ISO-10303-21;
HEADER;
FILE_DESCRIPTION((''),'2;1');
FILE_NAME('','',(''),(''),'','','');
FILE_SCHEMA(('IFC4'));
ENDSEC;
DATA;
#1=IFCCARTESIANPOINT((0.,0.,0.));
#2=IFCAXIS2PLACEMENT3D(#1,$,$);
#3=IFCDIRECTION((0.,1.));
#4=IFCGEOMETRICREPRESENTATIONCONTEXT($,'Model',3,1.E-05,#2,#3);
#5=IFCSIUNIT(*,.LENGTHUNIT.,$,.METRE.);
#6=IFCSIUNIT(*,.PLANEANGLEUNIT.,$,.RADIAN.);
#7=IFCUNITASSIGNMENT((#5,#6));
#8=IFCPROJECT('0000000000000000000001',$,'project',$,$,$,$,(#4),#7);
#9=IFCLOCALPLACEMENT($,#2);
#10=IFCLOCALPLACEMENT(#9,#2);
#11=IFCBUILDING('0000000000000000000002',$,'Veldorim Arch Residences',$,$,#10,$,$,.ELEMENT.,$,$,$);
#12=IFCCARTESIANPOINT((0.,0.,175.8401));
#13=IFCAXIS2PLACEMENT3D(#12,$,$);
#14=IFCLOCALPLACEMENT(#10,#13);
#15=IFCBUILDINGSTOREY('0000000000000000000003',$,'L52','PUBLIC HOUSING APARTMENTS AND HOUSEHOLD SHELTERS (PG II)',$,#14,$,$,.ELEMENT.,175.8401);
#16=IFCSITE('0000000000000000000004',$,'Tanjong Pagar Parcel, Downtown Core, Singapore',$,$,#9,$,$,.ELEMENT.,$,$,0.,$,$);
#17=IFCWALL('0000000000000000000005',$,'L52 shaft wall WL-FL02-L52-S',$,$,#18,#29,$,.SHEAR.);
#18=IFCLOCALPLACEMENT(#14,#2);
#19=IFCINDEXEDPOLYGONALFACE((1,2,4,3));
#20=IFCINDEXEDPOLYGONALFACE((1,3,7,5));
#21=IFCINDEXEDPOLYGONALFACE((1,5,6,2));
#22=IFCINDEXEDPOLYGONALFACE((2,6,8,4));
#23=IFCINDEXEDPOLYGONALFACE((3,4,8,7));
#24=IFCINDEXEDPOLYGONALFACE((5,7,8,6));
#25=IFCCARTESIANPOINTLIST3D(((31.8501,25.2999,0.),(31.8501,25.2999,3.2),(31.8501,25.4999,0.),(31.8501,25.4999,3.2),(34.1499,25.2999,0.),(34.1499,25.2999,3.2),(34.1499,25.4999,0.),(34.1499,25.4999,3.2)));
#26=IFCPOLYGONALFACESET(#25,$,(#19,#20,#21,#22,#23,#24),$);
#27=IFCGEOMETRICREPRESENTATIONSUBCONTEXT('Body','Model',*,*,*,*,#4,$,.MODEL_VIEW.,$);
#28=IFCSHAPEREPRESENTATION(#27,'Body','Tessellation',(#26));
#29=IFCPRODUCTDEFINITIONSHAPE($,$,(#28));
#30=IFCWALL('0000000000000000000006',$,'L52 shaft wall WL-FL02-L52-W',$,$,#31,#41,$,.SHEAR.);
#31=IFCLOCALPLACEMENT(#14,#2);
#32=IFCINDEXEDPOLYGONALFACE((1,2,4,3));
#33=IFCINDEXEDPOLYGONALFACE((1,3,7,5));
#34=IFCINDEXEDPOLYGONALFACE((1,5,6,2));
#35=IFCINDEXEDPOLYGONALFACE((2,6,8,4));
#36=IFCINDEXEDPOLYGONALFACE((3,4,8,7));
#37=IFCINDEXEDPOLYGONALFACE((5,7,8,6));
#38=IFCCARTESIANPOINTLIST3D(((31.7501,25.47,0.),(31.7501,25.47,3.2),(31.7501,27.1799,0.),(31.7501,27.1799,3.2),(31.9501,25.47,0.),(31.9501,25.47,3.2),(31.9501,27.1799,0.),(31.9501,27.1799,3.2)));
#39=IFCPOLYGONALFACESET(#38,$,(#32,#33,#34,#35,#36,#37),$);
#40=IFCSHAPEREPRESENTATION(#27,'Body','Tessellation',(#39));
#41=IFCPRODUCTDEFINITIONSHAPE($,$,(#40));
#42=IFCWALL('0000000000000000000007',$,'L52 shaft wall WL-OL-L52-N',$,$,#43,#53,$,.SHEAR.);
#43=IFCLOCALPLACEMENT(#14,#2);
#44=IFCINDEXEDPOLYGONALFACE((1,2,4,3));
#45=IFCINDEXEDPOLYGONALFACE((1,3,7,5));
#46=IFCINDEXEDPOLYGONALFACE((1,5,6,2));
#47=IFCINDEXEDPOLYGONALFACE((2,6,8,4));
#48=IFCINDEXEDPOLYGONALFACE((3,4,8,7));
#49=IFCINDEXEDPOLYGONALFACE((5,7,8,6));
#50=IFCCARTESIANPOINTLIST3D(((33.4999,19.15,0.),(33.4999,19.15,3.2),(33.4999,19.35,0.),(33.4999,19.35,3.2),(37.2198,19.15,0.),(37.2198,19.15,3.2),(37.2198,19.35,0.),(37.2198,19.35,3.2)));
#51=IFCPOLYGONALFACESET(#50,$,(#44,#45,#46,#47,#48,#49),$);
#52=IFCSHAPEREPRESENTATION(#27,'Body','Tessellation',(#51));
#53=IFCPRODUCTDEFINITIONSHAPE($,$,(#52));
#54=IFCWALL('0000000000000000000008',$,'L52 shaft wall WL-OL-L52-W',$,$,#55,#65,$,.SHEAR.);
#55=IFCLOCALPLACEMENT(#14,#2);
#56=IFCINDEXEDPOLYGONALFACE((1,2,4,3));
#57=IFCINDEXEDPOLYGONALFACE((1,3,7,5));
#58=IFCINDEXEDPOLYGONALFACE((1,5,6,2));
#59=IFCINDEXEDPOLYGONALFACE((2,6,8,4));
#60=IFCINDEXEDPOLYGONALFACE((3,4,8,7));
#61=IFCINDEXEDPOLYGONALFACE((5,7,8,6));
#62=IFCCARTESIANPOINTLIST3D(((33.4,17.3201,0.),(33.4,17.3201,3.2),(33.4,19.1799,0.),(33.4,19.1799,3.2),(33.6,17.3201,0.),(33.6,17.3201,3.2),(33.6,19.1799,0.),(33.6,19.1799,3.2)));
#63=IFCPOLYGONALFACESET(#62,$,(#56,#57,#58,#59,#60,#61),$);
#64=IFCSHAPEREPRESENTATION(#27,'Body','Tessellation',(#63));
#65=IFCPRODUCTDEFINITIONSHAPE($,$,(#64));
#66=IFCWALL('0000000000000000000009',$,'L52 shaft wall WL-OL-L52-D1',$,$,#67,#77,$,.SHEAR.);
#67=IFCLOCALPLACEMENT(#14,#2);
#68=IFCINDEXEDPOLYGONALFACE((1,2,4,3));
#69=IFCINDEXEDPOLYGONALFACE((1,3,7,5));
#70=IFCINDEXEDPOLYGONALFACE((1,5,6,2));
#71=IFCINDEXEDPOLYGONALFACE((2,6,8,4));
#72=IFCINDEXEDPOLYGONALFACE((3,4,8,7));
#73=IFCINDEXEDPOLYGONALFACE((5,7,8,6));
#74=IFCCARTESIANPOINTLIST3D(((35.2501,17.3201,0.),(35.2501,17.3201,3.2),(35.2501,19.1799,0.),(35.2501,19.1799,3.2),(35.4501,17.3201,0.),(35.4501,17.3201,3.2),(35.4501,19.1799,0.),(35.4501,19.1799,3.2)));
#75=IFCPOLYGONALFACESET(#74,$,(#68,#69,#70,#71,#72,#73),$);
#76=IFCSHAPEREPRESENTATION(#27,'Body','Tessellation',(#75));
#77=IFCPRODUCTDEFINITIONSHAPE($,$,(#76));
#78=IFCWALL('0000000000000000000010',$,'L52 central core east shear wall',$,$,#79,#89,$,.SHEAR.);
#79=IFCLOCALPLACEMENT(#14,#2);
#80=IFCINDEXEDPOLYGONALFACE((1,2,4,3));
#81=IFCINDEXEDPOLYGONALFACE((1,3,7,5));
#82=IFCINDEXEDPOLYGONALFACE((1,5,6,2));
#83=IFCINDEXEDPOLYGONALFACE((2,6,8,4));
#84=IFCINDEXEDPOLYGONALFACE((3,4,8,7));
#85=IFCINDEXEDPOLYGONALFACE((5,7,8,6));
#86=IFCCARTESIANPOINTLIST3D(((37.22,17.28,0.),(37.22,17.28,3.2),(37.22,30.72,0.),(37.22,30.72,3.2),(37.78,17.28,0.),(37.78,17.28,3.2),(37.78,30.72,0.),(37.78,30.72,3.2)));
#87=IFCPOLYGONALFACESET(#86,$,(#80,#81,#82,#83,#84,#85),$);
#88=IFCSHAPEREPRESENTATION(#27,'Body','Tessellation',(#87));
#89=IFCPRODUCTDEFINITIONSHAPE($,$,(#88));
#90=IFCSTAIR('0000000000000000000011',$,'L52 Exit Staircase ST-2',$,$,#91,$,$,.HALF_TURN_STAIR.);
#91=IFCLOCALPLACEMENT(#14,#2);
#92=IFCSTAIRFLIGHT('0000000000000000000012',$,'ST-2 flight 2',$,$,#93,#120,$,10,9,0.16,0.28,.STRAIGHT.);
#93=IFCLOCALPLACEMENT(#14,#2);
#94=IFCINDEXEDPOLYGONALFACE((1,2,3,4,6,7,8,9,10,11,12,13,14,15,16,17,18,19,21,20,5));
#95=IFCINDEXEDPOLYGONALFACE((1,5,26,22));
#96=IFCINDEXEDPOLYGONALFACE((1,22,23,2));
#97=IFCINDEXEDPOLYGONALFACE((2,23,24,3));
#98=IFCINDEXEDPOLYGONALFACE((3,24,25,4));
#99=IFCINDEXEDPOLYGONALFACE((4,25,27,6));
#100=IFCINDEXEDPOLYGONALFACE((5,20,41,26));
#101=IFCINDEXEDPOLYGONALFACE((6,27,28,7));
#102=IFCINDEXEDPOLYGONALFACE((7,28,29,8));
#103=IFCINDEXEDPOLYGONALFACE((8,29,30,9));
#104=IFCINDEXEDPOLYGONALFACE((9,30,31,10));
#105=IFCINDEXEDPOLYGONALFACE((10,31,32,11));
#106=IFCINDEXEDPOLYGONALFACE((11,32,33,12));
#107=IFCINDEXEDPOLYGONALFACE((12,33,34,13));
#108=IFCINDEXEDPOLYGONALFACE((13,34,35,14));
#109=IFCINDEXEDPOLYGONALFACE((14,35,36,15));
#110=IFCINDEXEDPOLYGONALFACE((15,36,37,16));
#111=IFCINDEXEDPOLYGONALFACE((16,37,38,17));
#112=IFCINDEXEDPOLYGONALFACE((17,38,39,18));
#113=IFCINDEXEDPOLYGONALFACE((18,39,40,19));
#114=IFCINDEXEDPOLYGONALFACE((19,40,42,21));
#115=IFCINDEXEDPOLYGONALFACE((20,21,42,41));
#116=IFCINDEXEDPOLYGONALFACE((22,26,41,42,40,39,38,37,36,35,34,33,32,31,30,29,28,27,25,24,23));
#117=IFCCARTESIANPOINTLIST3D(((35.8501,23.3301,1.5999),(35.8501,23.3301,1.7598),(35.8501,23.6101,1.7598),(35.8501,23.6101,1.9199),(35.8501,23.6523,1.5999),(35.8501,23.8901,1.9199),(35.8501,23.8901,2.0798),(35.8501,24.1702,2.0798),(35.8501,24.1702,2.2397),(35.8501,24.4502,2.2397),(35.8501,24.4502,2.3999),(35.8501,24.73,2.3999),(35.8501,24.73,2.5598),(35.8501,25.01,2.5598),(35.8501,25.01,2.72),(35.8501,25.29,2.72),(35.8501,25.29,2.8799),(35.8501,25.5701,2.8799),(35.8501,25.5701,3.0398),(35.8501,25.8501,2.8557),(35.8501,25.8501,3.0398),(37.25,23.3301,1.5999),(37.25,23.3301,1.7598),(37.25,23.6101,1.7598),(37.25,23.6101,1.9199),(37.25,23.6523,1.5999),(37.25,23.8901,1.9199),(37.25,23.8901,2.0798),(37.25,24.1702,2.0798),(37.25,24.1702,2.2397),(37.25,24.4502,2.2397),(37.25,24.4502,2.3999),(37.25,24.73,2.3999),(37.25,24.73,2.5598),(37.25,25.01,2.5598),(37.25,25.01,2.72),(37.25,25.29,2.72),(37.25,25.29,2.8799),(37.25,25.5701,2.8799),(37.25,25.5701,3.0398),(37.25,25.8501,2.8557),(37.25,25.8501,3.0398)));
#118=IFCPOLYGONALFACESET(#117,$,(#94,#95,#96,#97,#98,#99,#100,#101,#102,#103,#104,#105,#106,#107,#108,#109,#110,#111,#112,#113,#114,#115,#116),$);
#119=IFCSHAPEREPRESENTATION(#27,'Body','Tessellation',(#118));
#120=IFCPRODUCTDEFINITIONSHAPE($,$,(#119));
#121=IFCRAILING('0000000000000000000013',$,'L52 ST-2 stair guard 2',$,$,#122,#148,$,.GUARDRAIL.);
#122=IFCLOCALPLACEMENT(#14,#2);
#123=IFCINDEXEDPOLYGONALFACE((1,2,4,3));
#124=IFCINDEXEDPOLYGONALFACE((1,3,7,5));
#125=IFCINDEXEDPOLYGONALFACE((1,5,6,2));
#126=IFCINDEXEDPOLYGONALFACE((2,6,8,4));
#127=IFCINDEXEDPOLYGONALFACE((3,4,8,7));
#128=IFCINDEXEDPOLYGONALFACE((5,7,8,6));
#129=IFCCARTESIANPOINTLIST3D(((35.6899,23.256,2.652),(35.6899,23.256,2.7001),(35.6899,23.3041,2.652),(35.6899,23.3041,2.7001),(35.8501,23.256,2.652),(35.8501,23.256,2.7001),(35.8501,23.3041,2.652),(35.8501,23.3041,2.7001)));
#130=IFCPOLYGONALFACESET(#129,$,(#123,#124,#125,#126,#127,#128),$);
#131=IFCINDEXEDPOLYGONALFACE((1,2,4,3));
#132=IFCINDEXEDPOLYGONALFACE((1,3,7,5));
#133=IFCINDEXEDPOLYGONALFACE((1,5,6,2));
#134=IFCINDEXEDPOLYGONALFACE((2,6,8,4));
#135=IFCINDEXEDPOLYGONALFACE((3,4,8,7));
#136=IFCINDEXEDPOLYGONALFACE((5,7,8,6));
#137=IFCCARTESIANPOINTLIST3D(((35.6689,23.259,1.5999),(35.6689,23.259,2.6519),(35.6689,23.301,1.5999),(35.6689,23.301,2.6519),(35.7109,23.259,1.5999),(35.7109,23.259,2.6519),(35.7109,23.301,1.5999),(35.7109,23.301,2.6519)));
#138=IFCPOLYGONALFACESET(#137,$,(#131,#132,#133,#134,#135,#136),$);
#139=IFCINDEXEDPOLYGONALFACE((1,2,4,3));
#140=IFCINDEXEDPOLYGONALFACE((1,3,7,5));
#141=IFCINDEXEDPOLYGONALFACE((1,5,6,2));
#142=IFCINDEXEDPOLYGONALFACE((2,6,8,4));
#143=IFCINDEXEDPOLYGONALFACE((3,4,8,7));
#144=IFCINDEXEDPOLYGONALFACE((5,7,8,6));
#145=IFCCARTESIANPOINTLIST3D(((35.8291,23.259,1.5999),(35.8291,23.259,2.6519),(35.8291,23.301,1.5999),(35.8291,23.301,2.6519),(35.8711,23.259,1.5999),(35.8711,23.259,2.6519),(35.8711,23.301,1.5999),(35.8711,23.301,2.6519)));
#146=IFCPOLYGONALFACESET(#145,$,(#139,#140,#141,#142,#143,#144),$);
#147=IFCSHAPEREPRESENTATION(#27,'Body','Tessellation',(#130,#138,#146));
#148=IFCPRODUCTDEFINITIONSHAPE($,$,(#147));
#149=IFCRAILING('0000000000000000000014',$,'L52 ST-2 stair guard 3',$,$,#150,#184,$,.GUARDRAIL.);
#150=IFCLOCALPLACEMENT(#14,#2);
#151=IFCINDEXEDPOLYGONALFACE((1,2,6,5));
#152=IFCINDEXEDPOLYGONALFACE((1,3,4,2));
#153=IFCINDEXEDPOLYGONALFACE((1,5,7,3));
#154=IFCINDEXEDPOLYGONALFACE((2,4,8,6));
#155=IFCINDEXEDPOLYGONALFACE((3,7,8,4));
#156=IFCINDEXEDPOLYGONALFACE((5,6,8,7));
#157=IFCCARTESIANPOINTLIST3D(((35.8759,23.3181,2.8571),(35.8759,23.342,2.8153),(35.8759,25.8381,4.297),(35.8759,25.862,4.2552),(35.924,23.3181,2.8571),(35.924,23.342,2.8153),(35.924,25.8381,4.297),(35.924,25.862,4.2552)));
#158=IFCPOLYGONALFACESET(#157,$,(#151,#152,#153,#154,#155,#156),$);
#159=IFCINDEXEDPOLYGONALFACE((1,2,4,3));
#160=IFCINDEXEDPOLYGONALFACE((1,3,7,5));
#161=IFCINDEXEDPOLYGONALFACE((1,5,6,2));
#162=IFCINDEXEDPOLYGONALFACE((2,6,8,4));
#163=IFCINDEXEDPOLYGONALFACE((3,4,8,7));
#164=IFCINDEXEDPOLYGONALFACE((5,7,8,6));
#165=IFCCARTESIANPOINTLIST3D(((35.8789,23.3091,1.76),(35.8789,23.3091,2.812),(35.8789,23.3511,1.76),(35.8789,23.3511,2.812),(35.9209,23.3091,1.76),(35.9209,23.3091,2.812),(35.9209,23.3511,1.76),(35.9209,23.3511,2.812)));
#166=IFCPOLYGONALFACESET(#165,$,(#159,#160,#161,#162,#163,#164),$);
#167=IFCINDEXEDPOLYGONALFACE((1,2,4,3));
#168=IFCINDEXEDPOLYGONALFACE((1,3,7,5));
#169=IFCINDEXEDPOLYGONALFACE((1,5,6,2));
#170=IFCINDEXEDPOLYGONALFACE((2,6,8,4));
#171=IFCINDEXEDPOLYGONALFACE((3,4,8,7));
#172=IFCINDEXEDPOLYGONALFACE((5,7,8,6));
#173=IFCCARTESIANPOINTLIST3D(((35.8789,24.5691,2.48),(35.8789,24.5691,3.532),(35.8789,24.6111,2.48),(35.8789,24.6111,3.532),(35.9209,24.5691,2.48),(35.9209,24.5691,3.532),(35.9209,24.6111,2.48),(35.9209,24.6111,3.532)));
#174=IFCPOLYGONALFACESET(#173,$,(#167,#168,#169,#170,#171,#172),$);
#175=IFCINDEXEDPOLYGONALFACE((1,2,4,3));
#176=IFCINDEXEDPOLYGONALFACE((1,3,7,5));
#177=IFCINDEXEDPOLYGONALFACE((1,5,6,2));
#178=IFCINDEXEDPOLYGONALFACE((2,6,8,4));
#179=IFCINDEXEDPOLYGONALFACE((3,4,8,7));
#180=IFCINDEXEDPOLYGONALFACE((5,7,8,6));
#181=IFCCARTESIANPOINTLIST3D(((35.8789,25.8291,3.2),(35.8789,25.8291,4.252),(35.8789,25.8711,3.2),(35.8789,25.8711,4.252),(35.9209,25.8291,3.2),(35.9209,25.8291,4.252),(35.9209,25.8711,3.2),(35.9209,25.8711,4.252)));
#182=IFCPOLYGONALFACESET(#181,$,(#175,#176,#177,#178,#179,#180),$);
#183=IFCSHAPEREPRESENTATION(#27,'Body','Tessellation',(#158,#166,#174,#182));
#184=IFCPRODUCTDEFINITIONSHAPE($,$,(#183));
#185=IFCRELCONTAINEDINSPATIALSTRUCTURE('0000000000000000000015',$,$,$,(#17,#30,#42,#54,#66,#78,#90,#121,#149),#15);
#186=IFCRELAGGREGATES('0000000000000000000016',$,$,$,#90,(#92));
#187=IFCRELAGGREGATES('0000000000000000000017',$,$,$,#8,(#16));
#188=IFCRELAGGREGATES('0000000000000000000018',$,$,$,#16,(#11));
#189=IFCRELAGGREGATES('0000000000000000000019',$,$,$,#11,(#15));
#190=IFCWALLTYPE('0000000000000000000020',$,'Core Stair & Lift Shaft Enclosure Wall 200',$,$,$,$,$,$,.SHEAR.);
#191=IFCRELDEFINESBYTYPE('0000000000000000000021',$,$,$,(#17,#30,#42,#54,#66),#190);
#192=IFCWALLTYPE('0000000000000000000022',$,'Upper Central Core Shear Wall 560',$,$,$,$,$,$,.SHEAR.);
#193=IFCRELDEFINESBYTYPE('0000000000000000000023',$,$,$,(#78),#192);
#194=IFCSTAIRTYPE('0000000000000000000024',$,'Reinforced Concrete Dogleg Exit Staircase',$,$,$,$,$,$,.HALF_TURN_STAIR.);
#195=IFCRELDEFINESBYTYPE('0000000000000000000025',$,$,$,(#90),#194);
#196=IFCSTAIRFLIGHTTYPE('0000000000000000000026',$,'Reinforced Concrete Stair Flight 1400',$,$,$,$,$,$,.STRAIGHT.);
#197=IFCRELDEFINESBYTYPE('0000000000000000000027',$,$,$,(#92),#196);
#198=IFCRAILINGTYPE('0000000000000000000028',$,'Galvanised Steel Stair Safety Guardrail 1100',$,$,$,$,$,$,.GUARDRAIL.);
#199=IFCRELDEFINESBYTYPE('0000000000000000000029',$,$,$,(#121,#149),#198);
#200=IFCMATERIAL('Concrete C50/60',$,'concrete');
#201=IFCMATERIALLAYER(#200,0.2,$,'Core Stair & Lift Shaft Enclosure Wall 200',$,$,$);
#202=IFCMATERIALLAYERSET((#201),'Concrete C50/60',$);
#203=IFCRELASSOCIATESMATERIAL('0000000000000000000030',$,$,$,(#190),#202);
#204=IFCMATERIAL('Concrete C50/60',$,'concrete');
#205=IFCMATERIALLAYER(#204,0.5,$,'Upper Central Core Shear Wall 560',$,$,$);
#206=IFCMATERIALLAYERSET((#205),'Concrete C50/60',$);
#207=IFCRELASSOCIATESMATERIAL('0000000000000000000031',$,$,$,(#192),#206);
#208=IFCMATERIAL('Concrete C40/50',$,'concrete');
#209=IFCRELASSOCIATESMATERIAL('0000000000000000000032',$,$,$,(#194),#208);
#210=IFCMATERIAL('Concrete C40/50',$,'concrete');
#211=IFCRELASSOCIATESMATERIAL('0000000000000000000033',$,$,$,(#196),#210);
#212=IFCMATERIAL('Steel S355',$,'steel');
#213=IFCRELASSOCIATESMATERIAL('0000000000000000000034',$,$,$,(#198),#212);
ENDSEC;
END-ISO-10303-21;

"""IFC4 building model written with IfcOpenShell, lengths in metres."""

from ifc_helpers import new_model, si_unit, direction, frame, frame_2d, origin, origin_2d, place, context, subcontext, project, spatial, polyline, rectangle, outline, extrude, material, layer, layer_set, type_object, element, aggregate, save


model = new_model("IFC4")

# Units and contexts
model_context = context("Model", 3, precision=1e-05, world=origin(), true_north=direction((0.0, 1.0)))
body_context = subcontext(model_context, "Body", "Model", "MODEL_VIEW")
ifc_project = project(units=[si_unit("LENGTHUNIT", "METRE"), si_unit("PLANEANGLEUNIT", "RADIAN")], contexts=[model_context])

# Site, building, storey
site_placement = place(None, origin())
site = spatial("IfcSite", under=ifc_project, at=site_placement, Name="Tanjong Pagar Parcel, Downtown Core, Singapore", CompositionType="ELEMENT", RefElevation=0.0)
building_placement = place(site_placement, origin())
building = spatial("IfcBuilding", under=site, at=building_placement, Name="Veldorim Arch Residences", CompositionType="ELEMENT")
storey_placement = place(building_placement, frame((0.0, 0.0, 175.8401)))
storey = spatial("IfcBuildingStorey", under=building, at=storey_placement, Name="L52", Description="PUBLIC HOUSING APARTMENTS AND HOUSEHOLD SHELTERS (PG II)", CompositionType="ELEMENT", Elevation=175.8401)

# Walls
ifc_material_1 = material(Name="Concrete C50/60", Category="concrete")
ifc_layer_1 = layer(ifc_material_1, 0.2, Name="Core Stair & Lift Shaft Enclosure Wall 200")
ifc_layer_set_1 = layer_set([ifc_layer_1], Name="Concrete C50/60")
wall_type_1 = type_object("IfcWallType", Name="Core Stair & Lift Shaft Enclosure Wall 200", PredefinedType="SHEAR", material=ifc_layer_set_1)
wall_1_placement = place(storey_placement, frame((31.8501, 25.3999, 0.0), z_axis=(0.0, 0.0, 1.0), x_axis=(1.0, 0.0, 0.0)))
element("IfcWall", 1, at=wall_1_placement, inside=storey, type_object=wall_type_1, Name="L52 shaft wall WL-FL02-L52-S", PredefinedType="SHEAR", context=body_context, shape_type="SweptSolid", body=[
    extrude(rectangle(XDim=2.2998, YDim=0.2, at=frame_2d((1.1499, 0.0))), origin(), (0.0, 0.0, 1.0), 3.2),
])
wall_2_placement = place(storey_placement, frame((31.8501, 25.47, 0.0), z_axis=(0.0, 0.0, 1.0), x_axis=(0.0, 1.0, 0.0)))
element("IfcWall", 2, at=wall_2_placement, inside=storey, type_object=wall_type_1, Name="L52 shaft wall WL-FL02-L52-W", PredefinedType="SHEAR", context=body_context, shape_type="SweptSolid", body=[
    extrude(rectangle(XDim=1.71, YDim=0.2, at=frame_2d((0.855, 0.0))), origin(), (0.0, 0.0, 1.0), 3.2),
])
wall_3_placement = place(storey_placement, frame((33.5, 19.25, 0.0), z_axis=(0.0, 0.0, 1.0), x_axis=(1.0, 0.0, 0.0)))
element("IfcWall", 3, at=wall_3_placement, inside=storey, type_object=wall_type_1, Name="L52 shaft wall WL-OL-L52-N", PredefinedType="SHEAR", context=body_context, shape_type="SweptSolid", body=[
    extrude(rectangle(XDim=3.72, YDim=0.2, at=frame_2d((1.8599, 0.0))), origin(), (0.0, 0.0, 1.0), 3.2),
])
for number, where, z_axis, x_axis, name in (
    (4, (33.5, 17.3201, 0.0), (0.0, 0.0, 1.0), (0.0, 1.0, 0.0), "L52 shaft wall WL-OL-L52-W"),
    (5, (35.3501, 17.3201, 0.0), (0.0, 0.0, 1.0), (0.0, 1.0, 0.0), "L52 shaft wall WL-OL-L52-D1"),
):
    element("IfcWall", number, at=place(storey_placement, frame(where, z_axis=z_axis, x_axis=x_axis)), inside=storey, type_object=wall_type_1, Name=name, PredefinedType="SHEAR", context=body_context, shape_type="SweptSolid", body=[
        extrude(rectangle(XDim=1.8599, YDim=0.2, at=frame_2d((0.9299, 0.0))), origin(), (0.0, 0.0, 1.0), 3.2),
    ])
ifc_material_2 = material(Name="Concrete C50/60", Category="concrete")
ifc_layer_2 = layer(ifc_material_2, 0.5, Name="Upper Central Core Shear Wall 560")
ifc_layer_set_2 = layer_set([ifc_layer_2], Name="Concrete C50/60")
wall_type_2 = type_object("IfcWallType", Name="Upper Central Core Shear Wall 560", PredefinedType="SHEAR", material=ifc_layer_set_2)
wall_4_placement = place(storey_placement, frame((37.5, 17.28, 0.0), z_axis=(0.0, 0.0, 1.0), x_axis=(0.0, 1.0, 0.0)))
element("IfcWall", 6, at=wall_4_placement, inside=storey, type_object=wall_type_2, Name="L52 central core east shear wall", PredefinedType="SHEAR", context=body_context, shape_type="SweptSolid", body=[
    extrude(rectangle(XDim=13.4399, YDim=0.5601, at=frame_2d((6.72, 0.0))), origin(), (0.0, 0.0, 1.0), 3.2),
])

# Stair, stair flight
ifc_material_3 = material(Name="Concrete C40/50", Category="concrete")
stair_type = type_object("IfcStairType", Name="Reinforced Concrete Dogleg Exit Staircase", PredefinedType="HALF_TURN_STAIR", material=ifc_material_3)
stair_placement = place(storey_placement, origin())
stair = element("IfcStair", 7, at=stair_placement, inside=storey, type_object=stair_type, Name="L52 Exit Staircase ST-2", PredefinedType="HALF_TURN_STAIR")
ifc_material_4 = material(Name="Concrete C40/50", Category="concrete")
stair_flight_type = type_object("IfcStairFlightType", Name="Reinforced Concrete Stair Flight 1400", PredefinedType="STRAIGHT", material=ifc_material_4)
stair_flight_placement = place(storey_placement, frame((36.55, 23.3301, 1.5999), z_axis=(0.0, 0.0, 1.0), x_axis=(0.0, 1.0, 0.0)))
stair_flight = element("IfcStairFlight", 8, at=stair_flight_placement, type_object=stair_flight_type, Name="ST-2 flight 2", NumberOfRisers=10, NumberOfTreads=9, PredefinedType="STRAIGHT", RiserHeight=0.16, TreadLength=0.28, context=body_context, shape_type="SweptSolid", body=[
    extrude(outline(polyline([(0.0, 0.0), (0.0, 0.1599), (0.28, 0.1599), (0.28, 0.3201), (0.5601, 0.3201), (0.5601, 0.48), (0.8401, 0.48), (0.8401, 0.6399), (1.1201, 0.6399), (1.1201, 0.8), (1.3999, 0.8), (1.3999, 0.96), (1.6799, 0.96), (1.6799, 1.1201), (1.96, 1.1201), (1.96, 1.28), (2.24, 1.28), (2.24, 1.4399), (2.52, 1.4399), (2.52, 1.6001), (2.52, 1.2559), (0.3223, 0.0), (0.0, 0.0)])), frame((0.0, 0.7, 0.0), z_axis=(0.0, -1.0, 0.0), x_axis=(1.0, 0.0, 0.0)), (0.0, 0.0, 1.0), 1.3999),
])
aggregate(stair, [stair_flight])

# Railings
ifc_material_5 = material(Name="Steel S355", Category="steel")
railing_type_1 = type_object("IfcRailingType", Name="Galvanised Steel Stair Safety Guardrail 1100", PredefinedType="GUARDRAIL", material=ifc_material_5)
railing_1_placement = place(storey_placement, frame((35.6899, 23.28, 1.5999)))
element("IfcRailing", 9, at=railing_1_placement, inside=storey, type_object=railing_type_1, Name="L52 ST-2 stair guard 2", PredefinedType="GUARDRAIL", context=body_context, shape_type="SweptSolid", body=[
    extrude(rectangle(XDim=0.0481, YDim=0.0481, at=origin_2d()), frame((0.0, 0.0, 1.0762), z_axis=(1.0, 0.0, 0.0), x_axis=(0.0, 1.0, 0.0)), (0.0, 0.0, 1.0), 0.1602),
    extrude(rectangle(XDim=0.042, YDim=0.042, at=origin_2d()), origin(), (0.0, 0.0, 1.0), 1.052),
    extrude(rectangle(XDim=0.042, YDim=0.042, at=origin_2d()), frame((0.1602, 0.0, 0.0)), (0.0, 0.0, 1.0), 1.052),
])
railing_2_placement = place(storey_placement, frame((35.8999, 23.3301, 1.76)))
element("IfcRailing", 10, at=railing_2_placement, inside=storey, type_object=railing_type_1, Name="L52 ST-2 stair guard 3", PredefinedType="GUARDRAIL", context=body_context, shape_type="SweptSolid", body=[
    extrude(rectangle(XDim=0.0481, YDim=0.0481, at=origin_2d()), frame((0.0, 0.0, 1.0762), z_axis=(0.0, 0.868253, 0.496121), x_axis=(-1.0, 0.0, 0.0)), (0.0, 0.0, 1.0), 2.9023),
    extrude(rectangle(XDim=0.042, YDim=0.042, at=origin_2d()), origin(), (0.0, 0.0, 1.0), 1.052),
    extrude(rectangle(XDim=0.042, YDim=0.042, at=origin_2d()), frame((0.0, 1.26, 0.72)), (0.0, 0.0, 1.0), 1.052),
    extrude(rectangle(XDim=0.042, YDim=0.042, at=origin_2d()), frame((0.0, 2.52, 1.4399)), (0.0, 0.0, 1.0), 1.052),
])

save(model, "model.ifc")
